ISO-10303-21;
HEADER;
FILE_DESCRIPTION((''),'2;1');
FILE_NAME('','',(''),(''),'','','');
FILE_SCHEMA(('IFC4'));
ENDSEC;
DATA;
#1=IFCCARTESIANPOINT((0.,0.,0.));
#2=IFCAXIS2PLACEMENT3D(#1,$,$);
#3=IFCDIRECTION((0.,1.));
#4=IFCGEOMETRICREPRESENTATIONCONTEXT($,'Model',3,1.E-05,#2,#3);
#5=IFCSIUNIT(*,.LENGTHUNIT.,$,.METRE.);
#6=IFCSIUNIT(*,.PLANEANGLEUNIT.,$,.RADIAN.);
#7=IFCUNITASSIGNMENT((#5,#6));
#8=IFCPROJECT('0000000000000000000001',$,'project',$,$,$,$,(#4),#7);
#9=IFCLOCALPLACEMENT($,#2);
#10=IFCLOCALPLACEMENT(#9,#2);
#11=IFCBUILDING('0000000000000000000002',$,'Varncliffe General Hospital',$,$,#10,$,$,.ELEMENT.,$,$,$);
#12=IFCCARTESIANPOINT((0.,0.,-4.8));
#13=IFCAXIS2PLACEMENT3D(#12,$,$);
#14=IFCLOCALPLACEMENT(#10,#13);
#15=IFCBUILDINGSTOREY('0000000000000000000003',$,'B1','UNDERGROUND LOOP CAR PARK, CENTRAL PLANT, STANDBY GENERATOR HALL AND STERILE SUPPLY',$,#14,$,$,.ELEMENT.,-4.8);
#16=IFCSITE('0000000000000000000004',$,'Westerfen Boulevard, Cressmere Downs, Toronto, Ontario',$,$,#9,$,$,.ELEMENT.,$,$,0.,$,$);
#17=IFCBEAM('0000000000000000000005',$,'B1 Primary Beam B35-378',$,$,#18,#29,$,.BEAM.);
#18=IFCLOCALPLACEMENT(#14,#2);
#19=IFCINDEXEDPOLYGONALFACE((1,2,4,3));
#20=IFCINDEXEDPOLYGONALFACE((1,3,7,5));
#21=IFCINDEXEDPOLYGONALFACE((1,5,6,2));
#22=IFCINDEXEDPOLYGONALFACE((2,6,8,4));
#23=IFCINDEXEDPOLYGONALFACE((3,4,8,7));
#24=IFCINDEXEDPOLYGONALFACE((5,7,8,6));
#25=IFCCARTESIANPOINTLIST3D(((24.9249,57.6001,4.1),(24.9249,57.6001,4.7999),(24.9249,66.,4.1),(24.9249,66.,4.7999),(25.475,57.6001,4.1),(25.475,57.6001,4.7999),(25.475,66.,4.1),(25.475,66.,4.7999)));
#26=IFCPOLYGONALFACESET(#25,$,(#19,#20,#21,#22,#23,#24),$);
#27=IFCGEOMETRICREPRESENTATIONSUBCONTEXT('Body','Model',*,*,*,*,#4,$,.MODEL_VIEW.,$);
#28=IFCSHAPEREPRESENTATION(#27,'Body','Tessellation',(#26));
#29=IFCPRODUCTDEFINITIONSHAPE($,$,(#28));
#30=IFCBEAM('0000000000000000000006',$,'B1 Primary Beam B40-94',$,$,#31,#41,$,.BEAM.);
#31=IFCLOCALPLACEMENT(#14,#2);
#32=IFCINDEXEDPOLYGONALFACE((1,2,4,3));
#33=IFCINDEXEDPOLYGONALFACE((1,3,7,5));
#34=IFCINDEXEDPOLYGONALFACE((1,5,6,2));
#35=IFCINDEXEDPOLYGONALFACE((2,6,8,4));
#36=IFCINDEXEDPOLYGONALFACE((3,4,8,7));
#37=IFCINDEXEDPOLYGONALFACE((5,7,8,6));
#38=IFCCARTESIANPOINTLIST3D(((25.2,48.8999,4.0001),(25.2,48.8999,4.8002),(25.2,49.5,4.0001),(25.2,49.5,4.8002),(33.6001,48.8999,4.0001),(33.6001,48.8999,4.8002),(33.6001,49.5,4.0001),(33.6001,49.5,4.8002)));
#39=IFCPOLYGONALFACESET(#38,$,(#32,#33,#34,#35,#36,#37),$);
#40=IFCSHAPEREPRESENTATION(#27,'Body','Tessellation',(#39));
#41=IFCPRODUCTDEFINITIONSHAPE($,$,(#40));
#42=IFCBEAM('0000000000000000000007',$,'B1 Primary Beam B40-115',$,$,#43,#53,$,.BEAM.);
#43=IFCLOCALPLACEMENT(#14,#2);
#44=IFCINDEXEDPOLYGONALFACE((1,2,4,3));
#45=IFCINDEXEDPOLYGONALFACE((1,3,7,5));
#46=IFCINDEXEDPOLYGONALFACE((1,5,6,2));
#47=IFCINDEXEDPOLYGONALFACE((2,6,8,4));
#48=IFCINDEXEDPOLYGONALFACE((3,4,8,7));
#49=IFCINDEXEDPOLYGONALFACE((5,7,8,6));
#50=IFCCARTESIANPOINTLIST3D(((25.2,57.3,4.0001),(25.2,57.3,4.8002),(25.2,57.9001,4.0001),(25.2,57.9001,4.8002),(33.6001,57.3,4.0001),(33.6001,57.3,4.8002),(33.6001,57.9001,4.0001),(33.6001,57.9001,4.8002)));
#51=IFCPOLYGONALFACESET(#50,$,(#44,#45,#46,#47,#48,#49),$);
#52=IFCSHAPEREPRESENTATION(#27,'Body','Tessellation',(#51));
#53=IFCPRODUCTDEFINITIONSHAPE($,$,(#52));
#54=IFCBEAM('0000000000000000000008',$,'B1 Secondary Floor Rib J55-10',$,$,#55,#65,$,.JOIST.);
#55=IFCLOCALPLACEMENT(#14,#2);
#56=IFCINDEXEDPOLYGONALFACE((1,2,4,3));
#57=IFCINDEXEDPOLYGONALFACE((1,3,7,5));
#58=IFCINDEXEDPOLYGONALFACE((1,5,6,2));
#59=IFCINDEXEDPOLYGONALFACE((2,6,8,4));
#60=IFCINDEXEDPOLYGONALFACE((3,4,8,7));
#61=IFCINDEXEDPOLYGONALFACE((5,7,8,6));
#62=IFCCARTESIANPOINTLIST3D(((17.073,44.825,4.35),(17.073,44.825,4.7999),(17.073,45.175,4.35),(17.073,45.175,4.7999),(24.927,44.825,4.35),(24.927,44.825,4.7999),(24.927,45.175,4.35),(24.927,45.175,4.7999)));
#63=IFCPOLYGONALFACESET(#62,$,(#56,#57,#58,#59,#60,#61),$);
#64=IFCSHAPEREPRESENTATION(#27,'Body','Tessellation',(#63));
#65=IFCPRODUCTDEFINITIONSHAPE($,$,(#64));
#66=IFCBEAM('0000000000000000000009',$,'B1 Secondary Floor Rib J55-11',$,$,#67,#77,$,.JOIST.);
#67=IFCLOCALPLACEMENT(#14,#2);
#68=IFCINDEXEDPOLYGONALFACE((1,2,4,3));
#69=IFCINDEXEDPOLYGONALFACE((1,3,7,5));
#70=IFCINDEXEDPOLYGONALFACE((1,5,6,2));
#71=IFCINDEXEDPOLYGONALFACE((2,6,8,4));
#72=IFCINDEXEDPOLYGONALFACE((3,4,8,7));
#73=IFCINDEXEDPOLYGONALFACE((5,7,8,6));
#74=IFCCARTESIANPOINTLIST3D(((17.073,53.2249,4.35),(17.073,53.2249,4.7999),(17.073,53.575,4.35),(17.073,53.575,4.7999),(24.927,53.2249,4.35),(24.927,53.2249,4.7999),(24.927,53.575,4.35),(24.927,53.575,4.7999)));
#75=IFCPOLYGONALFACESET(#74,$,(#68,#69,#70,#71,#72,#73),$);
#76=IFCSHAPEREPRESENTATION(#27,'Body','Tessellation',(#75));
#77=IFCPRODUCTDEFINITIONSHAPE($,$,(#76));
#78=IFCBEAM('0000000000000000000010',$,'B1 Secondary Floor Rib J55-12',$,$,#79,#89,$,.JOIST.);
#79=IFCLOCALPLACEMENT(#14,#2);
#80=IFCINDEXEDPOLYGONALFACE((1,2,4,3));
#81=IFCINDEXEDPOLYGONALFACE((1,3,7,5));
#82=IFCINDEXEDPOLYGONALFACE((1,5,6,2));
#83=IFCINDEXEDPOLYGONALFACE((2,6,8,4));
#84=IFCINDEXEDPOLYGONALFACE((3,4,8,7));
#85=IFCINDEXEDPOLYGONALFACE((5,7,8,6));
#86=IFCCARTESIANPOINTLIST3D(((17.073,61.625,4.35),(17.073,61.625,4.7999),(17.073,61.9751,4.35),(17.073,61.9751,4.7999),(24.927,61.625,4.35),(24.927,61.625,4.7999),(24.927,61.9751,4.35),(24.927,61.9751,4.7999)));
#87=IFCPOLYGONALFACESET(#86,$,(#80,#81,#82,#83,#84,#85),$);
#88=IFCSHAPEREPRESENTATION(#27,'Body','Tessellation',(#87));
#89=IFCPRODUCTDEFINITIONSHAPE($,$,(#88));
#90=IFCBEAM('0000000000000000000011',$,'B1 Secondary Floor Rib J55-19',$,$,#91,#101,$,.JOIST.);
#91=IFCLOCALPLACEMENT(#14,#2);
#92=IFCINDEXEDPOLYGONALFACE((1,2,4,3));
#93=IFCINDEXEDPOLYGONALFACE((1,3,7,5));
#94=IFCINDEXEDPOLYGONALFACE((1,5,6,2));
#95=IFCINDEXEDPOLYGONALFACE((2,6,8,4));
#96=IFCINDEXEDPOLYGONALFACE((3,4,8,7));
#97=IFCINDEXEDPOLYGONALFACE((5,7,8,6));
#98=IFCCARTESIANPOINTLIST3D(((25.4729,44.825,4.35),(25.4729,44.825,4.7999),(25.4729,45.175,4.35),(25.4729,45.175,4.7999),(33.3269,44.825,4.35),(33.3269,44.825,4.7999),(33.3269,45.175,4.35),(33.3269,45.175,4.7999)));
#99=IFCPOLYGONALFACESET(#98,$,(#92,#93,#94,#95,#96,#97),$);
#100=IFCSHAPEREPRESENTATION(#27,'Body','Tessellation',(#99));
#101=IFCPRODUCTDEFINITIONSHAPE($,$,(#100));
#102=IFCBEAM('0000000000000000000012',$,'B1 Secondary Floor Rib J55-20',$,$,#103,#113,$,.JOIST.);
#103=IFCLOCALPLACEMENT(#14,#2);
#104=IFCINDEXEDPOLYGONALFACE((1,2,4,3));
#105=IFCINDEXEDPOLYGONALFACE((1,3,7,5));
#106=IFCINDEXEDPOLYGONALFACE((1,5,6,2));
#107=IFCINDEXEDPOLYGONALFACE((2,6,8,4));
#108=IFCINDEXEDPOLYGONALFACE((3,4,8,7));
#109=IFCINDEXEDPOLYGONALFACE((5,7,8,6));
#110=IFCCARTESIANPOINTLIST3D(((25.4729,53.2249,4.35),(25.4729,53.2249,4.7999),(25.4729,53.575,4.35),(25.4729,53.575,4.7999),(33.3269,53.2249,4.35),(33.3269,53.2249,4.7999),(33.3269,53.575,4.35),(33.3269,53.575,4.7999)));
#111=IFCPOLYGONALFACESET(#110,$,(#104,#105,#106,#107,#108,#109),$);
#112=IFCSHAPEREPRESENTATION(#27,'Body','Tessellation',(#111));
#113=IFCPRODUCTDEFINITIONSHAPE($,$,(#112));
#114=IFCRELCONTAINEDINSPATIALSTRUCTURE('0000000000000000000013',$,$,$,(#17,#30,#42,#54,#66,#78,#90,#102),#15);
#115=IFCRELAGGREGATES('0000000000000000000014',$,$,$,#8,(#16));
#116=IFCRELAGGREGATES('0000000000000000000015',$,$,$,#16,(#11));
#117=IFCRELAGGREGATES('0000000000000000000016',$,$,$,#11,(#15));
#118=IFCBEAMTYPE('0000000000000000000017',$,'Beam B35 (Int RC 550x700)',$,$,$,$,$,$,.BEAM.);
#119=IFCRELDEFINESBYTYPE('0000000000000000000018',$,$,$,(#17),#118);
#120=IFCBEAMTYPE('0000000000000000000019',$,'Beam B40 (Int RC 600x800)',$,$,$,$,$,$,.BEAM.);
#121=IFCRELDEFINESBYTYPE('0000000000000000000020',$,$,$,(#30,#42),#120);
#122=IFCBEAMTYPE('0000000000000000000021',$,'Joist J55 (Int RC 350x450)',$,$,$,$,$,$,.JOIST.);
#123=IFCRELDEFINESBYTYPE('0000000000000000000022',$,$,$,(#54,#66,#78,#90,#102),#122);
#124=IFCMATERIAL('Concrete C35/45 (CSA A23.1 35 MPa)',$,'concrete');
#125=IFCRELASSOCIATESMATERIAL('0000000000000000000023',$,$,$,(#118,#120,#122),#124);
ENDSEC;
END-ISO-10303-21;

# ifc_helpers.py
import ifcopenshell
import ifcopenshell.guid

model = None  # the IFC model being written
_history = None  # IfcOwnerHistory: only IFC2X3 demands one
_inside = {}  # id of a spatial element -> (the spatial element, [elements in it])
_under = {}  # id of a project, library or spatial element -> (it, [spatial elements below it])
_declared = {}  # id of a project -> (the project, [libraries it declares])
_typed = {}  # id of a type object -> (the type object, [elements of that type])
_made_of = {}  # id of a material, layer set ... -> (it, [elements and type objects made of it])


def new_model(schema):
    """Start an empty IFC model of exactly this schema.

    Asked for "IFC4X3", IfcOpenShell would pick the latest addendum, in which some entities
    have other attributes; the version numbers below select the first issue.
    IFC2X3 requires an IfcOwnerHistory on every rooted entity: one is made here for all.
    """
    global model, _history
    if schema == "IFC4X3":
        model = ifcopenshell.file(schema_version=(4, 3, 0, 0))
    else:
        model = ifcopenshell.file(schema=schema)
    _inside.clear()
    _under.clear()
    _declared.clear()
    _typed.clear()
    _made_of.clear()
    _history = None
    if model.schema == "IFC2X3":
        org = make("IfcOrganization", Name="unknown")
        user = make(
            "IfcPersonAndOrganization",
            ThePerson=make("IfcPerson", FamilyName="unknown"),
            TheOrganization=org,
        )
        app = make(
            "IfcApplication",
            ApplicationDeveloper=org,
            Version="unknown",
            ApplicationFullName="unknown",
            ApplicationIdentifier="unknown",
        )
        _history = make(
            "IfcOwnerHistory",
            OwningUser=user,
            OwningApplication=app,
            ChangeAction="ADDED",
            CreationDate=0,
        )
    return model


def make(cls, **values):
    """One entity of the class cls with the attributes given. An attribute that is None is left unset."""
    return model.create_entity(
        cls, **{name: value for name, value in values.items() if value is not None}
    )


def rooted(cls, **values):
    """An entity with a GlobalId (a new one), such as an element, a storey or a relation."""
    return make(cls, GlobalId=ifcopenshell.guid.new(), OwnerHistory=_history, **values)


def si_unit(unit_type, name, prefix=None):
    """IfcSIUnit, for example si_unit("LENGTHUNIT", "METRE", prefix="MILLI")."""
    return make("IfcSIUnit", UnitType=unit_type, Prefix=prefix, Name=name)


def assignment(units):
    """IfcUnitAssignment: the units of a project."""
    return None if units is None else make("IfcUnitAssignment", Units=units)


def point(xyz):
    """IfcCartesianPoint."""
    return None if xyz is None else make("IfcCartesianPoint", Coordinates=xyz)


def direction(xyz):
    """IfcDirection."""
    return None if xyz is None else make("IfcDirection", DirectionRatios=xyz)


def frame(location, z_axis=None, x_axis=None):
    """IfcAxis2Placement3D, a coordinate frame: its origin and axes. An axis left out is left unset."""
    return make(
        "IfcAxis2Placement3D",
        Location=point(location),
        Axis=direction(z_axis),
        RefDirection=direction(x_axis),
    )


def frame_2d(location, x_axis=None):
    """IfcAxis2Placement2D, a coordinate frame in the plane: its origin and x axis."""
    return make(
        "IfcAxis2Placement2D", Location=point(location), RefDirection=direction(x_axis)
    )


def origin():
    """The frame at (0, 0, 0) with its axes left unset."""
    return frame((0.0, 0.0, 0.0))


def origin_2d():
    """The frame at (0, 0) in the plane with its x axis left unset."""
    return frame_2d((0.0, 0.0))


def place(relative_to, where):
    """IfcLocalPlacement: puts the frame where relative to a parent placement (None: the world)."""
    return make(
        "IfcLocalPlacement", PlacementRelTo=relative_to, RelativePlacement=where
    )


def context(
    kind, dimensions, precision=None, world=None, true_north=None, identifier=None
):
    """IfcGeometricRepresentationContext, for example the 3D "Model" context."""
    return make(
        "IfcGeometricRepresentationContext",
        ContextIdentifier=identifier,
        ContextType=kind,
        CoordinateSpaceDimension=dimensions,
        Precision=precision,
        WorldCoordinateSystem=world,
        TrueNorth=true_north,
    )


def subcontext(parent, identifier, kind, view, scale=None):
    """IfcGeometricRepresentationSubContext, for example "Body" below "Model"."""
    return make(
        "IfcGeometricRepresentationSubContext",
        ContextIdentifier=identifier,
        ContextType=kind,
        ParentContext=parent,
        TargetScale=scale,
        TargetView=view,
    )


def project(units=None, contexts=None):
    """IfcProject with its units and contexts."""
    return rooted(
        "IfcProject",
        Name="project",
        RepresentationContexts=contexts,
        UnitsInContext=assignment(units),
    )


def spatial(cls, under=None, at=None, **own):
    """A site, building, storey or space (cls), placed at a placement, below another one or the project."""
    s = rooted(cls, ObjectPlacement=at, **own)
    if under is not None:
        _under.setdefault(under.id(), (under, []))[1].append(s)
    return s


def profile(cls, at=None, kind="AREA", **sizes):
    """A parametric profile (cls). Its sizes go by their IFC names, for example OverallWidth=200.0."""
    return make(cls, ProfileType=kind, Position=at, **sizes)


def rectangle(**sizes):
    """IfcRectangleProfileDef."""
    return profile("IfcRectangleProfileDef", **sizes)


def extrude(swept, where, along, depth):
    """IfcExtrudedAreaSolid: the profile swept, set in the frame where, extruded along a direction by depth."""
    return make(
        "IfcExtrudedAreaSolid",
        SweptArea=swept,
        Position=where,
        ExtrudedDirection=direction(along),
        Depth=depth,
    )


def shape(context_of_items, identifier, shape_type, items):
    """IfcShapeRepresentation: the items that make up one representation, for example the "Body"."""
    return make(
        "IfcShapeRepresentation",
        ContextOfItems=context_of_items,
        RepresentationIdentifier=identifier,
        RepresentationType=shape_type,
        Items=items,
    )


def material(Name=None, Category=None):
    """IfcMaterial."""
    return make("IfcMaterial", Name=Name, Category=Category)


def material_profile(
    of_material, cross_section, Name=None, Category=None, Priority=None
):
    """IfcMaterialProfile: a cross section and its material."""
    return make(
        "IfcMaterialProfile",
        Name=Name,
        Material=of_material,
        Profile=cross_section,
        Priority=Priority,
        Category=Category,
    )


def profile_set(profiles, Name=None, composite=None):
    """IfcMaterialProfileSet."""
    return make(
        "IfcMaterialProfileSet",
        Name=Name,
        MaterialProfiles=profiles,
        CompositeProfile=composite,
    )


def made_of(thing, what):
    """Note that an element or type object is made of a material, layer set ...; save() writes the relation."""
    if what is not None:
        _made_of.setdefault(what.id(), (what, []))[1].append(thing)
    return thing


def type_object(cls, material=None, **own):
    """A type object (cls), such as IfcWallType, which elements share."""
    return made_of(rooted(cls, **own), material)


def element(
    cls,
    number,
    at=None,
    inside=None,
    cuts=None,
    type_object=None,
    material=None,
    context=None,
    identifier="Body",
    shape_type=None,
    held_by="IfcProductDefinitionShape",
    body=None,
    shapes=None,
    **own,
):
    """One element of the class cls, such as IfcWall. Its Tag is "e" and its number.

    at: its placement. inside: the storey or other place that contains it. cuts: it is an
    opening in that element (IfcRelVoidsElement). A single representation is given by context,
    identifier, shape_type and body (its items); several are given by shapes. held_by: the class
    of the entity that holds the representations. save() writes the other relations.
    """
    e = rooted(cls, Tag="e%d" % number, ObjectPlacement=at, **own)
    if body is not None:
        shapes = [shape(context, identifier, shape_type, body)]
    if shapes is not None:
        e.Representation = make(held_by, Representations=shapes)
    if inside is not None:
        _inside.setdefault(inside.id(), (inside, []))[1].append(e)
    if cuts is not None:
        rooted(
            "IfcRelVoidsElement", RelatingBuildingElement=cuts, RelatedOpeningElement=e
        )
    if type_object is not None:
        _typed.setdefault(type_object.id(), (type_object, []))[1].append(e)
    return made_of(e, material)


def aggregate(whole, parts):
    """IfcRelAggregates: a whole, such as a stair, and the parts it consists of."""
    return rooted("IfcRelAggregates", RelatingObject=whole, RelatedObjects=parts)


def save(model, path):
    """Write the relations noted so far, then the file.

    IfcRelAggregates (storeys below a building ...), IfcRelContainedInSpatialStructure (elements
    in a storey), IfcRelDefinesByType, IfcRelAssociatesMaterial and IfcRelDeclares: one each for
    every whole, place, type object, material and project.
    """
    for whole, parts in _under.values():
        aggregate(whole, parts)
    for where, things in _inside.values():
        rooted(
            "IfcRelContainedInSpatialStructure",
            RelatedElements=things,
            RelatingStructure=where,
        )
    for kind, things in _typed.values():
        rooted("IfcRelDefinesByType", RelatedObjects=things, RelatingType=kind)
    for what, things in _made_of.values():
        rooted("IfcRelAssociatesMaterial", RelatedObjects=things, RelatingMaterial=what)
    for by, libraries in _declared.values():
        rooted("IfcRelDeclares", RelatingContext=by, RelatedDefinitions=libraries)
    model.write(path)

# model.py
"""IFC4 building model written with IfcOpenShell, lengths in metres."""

from ifc_helpers import new_model, si_unit, direction, frame, origin, origin_2d, place, context, subcontext, project, spatial, rectangle, extrude, material, material_profile, profile_set, type_object, element, save


model = new_model("IFC4")

# Units and contexts
model_context = context("Model", 3, precision=1e-05, world=origin(), true_north=direction((0.0, 1.0)))
body_context = subcontext(model_context, "Body", "Model", "MODEL_VIEW")
ifc_project = project(units=[si_unit("LENGTHUNIT", "METRE"), si_unit("PLANEANGLEUNIT", "RADIAN")], contexts=[model_context])

# Site, building, storey
site_placement = place(None, origin())
site = spatial("IfcSite", under=ifc_project, at=site_placement, Name="Westerfen Boulevard, Cressmere Downs, Toronto, Ontario", CompositionType="ELEMENT", RefElevation=0.0)
building_placement = place(site_placement, origin())
building = spatial("IfcBuilding", under=site, at=building_placement, Name="Varncliffe General Hospital", CompositionType="ELEMENT")
storey_placement = place(building_placement, frame((0.0, 0.0, -4.8)))
storey = spatial("IfcBuildingStorey", under=building, at=storey_placement, Name="B1", Description="UNDERGROUND LOOP CAR PARK, CENTRAL PLANT, STANDBY GENERATOR HALL AND STERILE SUPPLY", CompositionType="ELEMENT", Elevation=-4.8)

# Beams
ifc_material_1 = material(Name="Concrete C35/45 (CSA A23.1 35 MPa)", Category="concrete")
ifc_material_profile_1 = material_profile(ifc_material_1, rectangle(XDim=0.55, YDim=0.7, at=origin_2d()), Name="RC 550x700")
ifc_profile_set_1 = profile_set([ifc_material_profile_1], Name="Concrete C35/45 (CSA A23.1 35 MPa)")
beam_type_1 = type_object("IfcBeamType", Name="Beam B35 (Int RC 550x700)", PredefinedType="BEAM", material=ifc_profile_set_1)
beam_1_placement = place(storey_placement, frame((25.2, 57.6001, 4.45), z_axis=(0.0, 1.0, 0.0), x_axis=(-1.0, 0.0, 0.0)))
element("IfcBeam", 1, at=beam_1_placement, inside=storey, type_object=beam_type_1, Name="B1 Primary Beam B35-378", PredefinedType="BEAM", context=body_context, shape_type="SweptSolid", body=[
    extrude(rectangle(XDim=0.55, YDim=0.7, at=origin_2d()), origin(), (0.0, 0.0, 1.0), 8.3999),
])
ifc_material_profile_2 = material_profile(ifc_material_1, rectangle(XDim=0.6001, YDim=0.8, at=origin_2d()), Name="RC 600x800")
ifc_profile_set_2 = profile_set([ifc_material_profile_2], Name="Concrete C35/45 (CSA A23.1 35 MPa)")
beam_type_2 = type_object("IfcBeamType", Name="Beam B40 (Int RC 600x800)", PredefinedType="BEAM", material=ifc_profile_set_2)
for number, where, z_axis, x_axis, name in (
    (2, (25.2, 49.2, 4.4001), (1.0, 0.0, 0.0), (0.0, 1.0, 0.0), "B1 Primary Beam B40-94"),
    (3, (25.2, 57.6001, 4.4001), (1.0, 0.0, 0.0), (0.0, 1.0, 0.0), "B1 Primary Beam B40-115"),
):
    element("IfcBeam", number, at=place(storey_placement, frame(where, z_axis=z_axis, x_axis=x_axis)), inside=storey, type_object=beam_type_2, Name=name, PredefinedType="BEAM", context=body_context, shape_type="SweptSolid", body=[
        extrude(rectangle(XDim=0.6001, YDim=0.8, at=origin_2d()), origin(), (0.0, 0.0, 1.0), 8.4001),
    ])
ifc_material_profile_3 = material_profile(ifc_material_1, rectangle(XDim=0.3501, YDim=0.45, at=origin_2d()), Name="RC 350x450")
ifc_profile_set_3 = profile_set([ifc_material_profile_3], Name="Concrete C35/45 (CSA A23.1 35 MPa)")
beam_type_3 = type_object("IfcBeamType", Name="Joist J55 (Int RC 350x450)", PredefinedType="JOIST", material=ifc_profile_set_3)
for number, where, z_axis, x_axis, name in (
    (4, (17.073, 45.0, 4.575), (1.0, 0.0, 0.0), (0.0, 1.0, 0.0), "B1 Secondary Floor Rib J55-10"),
    (5, (17.073, 53.3999, 4.575), (1.0, 0.0, 0.0), (0.0, 1.0, 0.0), "B1 Secondary Floor Rib J55-11"),
    (6, (17.073, 61.8, 4.575), (1.0, 0.0, 0.0), (0.0, 1.0, 0.0), "B1 Secondary Floor Rib J55-12"),
    (7, (25.4729, 45.0, 4.575), (1.0, 0.0, 0.0), (0.0, 1.0, 0.0), "B1 Secondary Floor Rib J55-19"),
    (8, (25.4729, 53.3999, 4.575), (1.0, 0.0, 0.0), (0.0, 1.0, 0.0), "B1 Secondary Floor Rib J55-20"),
):
    element("IfcBeam", number, at=place(storey_placement, frame(where, z_axis=z_axis, x_axis=x_axis)), inside=storey, type_object=beam_type_3, Name=name, PredefinedType="JOIST", context=body_context, shape_type="SweptSolid", body=[
        extrude(rectangle(XDim=0.3501, YDim=0.45, at=origin_2d()), origin(), (0.0, 0.0, 1.0), 7.854),
    ])

save(model, "model.ifc")
